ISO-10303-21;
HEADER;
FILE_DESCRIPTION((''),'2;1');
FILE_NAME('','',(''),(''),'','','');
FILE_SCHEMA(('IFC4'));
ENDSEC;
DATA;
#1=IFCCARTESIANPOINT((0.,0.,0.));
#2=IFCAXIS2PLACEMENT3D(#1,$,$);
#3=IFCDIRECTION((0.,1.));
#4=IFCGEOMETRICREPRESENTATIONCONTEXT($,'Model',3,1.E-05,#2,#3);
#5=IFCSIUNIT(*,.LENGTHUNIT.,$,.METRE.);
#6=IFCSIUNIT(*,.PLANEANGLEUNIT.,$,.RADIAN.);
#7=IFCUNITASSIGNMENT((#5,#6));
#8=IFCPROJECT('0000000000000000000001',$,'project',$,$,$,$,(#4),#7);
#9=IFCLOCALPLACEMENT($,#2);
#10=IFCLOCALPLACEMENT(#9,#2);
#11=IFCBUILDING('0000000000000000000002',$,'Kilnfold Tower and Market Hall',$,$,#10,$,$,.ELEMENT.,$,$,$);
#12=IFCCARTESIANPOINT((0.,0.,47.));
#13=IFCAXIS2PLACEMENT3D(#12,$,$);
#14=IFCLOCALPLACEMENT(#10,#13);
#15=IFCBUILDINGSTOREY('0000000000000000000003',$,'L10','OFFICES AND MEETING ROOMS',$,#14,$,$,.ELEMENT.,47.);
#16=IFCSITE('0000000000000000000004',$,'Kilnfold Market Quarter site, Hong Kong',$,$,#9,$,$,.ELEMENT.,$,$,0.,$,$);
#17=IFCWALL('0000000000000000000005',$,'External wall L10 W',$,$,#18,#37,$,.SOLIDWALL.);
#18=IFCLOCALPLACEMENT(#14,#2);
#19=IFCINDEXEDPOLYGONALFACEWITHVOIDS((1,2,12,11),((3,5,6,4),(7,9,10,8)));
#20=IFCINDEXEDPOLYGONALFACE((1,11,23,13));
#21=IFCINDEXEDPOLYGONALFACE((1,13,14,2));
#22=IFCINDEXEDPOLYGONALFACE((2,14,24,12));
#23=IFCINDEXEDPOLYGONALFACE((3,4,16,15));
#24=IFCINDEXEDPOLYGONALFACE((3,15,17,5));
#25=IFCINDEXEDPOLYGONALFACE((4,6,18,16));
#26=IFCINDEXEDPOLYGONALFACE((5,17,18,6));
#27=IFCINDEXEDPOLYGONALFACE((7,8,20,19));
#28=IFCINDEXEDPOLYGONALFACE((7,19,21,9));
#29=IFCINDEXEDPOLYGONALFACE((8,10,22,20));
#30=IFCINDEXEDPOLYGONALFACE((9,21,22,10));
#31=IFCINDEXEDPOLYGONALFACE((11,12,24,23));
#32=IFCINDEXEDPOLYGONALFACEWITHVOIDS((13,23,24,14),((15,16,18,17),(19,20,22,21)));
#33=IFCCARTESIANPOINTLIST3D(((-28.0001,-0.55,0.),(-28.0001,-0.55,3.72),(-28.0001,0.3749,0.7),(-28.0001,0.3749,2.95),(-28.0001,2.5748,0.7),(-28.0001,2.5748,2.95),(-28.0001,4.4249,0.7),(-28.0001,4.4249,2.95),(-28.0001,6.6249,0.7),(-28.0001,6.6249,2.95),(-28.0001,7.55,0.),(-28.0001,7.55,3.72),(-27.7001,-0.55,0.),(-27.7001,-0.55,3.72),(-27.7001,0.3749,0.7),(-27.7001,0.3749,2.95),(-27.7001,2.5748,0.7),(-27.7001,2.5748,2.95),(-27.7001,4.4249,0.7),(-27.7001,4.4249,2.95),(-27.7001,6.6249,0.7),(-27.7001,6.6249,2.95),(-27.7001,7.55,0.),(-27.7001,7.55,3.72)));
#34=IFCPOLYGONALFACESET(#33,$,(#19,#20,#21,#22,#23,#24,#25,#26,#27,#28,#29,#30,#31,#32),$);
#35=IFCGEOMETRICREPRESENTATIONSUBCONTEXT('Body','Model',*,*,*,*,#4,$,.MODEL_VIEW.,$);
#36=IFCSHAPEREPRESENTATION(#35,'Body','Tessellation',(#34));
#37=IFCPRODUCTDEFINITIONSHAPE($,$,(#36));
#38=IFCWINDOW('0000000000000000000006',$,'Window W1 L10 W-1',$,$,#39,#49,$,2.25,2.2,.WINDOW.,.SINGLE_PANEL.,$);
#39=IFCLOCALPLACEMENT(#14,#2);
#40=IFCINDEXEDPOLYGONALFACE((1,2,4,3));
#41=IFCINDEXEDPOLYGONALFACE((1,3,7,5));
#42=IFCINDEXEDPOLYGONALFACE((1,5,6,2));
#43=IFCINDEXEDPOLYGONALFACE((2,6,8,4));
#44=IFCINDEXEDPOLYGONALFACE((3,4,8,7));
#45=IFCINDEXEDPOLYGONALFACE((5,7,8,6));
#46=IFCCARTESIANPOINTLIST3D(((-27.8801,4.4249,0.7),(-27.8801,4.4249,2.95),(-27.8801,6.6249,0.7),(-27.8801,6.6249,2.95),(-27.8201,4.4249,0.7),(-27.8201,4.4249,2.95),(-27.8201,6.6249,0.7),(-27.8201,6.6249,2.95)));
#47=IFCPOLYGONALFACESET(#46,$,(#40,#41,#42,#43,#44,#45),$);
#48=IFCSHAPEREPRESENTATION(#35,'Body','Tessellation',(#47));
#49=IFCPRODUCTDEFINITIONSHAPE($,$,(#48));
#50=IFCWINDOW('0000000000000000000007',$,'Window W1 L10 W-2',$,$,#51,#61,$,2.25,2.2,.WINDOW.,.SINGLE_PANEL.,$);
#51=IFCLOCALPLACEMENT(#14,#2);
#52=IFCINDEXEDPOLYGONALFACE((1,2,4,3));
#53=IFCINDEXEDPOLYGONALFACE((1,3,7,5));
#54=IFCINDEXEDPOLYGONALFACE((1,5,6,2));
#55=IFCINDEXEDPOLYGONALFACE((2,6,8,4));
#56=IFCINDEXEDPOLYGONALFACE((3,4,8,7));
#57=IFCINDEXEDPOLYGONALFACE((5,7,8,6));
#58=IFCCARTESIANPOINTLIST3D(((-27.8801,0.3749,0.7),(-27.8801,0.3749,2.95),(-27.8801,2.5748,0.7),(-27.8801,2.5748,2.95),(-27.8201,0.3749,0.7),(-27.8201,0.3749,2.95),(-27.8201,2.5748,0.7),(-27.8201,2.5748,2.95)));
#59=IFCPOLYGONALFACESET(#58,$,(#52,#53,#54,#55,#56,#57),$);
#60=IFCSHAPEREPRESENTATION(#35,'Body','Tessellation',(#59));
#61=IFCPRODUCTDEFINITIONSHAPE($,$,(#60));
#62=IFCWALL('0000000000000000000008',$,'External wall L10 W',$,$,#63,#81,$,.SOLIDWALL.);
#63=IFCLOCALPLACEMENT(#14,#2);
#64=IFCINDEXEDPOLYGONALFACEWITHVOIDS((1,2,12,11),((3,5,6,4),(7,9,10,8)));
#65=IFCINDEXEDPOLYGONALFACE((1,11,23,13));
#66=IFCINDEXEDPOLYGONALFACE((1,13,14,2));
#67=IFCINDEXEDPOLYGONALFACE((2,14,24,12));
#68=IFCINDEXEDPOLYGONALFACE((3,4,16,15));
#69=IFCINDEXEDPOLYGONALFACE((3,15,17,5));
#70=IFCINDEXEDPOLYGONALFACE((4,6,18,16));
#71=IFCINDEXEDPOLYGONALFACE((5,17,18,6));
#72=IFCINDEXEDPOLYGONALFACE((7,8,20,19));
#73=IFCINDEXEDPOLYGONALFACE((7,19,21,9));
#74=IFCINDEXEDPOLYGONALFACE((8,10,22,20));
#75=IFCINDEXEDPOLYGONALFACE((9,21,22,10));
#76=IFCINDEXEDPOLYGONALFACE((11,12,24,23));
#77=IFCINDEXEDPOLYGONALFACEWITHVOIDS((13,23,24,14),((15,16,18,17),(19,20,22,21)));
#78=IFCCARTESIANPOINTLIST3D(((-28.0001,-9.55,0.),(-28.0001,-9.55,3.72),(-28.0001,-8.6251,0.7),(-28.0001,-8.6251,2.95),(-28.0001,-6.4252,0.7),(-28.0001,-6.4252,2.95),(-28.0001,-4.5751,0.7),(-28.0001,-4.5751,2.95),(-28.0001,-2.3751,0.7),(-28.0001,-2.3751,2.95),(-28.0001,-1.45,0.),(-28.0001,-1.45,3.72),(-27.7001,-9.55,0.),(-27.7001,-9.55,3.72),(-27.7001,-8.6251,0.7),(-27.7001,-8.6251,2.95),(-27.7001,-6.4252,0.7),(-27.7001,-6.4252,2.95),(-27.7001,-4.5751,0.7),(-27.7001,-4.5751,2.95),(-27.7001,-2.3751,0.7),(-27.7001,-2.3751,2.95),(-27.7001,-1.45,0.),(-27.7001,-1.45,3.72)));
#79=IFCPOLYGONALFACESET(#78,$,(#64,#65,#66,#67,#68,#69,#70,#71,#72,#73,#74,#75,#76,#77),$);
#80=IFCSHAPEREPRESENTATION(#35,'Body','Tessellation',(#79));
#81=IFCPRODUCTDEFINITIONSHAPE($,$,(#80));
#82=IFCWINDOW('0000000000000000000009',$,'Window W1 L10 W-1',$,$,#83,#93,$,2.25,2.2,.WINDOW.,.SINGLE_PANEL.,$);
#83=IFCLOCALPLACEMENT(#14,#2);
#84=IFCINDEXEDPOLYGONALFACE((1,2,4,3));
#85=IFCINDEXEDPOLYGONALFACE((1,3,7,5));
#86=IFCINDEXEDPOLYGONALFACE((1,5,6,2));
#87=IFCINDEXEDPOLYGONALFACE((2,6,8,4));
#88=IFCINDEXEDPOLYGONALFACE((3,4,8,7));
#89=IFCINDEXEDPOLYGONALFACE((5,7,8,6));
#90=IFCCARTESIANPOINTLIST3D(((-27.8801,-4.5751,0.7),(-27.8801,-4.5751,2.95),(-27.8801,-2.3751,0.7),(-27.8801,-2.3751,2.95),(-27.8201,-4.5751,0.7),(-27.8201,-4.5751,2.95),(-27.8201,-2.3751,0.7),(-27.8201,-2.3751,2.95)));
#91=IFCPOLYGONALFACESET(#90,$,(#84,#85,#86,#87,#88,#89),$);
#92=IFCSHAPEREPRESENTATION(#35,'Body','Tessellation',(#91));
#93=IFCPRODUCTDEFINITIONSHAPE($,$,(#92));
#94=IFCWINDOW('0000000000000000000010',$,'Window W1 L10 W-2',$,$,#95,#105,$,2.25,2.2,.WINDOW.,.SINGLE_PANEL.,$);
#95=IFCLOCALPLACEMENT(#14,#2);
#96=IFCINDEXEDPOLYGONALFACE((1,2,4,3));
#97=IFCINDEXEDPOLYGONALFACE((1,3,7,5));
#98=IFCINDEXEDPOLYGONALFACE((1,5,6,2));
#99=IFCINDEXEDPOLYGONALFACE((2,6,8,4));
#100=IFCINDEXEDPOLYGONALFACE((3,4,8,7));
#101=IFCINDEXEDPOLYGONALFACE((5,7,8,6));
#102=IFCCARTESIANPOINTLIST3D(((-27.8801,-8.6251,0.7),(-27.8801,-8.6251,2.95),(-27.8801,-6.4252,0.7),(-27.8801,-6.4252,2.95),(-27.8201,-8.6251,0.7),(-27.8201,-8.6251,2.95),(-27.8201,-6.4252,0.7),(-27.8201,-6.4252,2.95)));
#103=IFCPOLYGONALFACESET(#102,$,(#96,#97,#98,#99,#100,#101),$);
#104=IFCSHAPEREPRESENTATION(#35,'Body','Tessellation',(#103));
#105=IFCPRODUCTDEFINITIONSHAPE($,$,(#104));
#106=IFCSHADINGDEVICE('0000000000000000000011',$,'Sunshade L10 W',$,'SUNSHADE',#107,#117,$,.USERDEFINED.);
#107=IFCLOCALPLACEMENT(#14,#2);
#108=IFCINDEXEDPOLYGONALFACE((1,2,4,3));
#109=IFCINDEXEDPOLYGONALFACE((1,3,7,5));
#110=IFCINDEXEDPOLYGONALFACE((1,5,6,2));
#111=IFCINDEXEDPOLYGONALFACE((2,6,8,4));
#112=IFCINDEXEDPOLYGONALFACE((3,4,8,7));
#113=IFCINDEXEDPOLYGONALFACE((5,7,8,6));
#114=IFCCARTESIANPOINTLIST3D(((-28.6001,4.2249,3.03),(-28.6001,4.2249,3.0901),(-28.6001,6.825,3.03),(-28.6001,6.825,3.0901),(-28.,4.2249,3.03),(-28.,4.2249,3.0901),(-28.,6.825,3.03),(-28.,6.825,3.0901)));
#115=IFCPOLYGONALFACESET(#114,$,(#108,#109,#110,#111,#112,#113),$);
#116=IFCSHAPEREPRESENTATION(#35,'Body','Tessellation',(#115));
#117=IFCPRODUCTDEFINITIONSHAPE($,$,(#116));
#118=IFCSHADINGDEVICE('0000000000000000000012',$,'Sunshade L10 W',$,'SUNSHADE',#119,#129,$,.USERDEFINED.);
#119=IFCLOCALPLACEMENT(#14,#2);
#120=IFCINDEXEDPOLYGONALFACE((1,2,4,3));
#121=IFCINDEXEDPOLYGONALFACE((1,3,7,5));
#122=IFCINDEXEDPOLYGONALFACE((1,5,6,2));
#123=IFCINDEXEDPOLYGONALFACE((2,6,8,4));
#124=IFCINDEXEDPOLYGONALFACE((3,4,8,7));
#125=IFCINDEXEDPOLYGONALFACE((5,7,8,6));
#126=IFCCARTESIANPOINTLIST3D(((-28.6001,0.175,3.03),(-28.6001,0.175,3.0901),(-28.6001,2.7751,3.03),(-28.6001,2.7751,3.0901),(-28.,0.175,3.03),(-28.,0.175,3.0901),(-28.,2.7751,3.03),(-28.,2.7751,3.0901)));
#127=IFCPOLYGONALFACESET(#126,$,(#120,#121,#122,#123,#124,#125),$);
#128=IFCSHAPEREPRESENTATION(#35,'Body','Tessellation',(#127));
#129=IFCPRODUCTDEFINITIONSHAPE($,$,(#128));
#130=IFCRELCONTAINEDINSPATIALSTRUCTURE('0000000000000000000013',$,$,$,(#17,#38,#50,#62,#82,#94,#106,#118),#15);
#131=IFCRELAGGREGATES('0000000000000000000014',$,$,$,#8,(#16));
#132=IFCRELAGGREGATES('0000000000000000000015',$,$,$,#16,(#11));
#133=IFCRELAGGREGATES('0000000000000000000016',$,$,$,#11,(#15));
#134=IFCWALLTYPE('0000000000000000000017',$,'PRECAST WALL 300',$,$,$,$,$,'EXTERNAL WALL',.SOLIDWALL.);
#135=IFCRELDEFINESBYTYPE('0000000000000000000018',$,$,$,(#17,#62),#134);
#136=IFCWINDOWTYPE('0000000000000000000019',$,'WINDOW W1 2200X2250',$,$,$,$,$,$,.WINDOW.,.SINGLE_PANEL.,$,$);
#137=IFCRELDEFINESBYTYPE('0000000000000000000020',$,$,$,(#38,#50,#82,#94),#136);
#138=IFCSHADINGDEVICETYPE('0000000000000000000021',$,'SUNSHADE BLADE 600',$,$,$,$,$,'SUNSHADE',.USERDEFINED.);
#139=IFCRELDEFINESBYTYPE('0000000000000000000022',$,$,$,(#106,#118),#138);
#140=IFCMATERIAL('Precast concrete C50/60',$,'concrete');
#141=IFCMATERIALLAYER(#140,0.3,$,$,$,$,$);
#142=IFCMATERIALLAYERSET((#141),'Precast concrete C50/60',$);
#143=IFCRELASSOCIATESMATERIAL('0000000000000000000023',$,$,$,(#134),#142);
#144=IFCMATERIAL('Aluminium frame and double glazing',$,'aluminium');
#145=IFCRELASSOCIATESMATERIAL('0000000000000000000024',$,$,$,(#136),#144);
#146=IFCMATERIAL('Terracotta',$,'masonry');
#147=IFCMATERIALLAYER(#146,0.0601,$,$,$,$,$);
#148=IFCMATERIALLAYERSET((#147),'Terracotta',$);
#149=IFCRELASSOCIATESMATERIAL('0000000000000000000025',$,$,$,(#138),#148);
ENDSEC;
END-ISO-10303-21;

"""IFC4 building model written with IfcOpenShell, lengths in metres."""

from ifc_helpers import new_model, si_unit, direction, frame, frame_2d, origin, origin_2d, place, context, subcontext, project, spatial, rectangle, extrude, source, transform, mapped, material, layer, layer_set, type_object, element, fill, save


model = new_model("IFC4")

# Units and contexts
model_context = context("Model", 3, precision=1e-05, world=origin(), true_north=direction((0.0, 1.0)))
body_context = subcontext(model_context, "Body", "Model", "MODEL_VIEW")
ifc_project = project(units=[si_unit("LENGTHUNIT", "METRE"), si_unit("PLANEANGLEUNIT", "RADIAN")], contexts=[model_context])

# Site, building, storey
site_placement = place(None, origin())
site = spatial("IfcSite", under=ifc_project, at=site_placement, Name="Kilnfold Market Quarter site, Hong Kong", CompositionType="ELEMENT", RefElevation=0.0)
building_placement = place(site_placement, origin())
building = spatial("IfcBuilding", under=site, at=building_placement, Name="Kilnfold Tower and Market Hall", CompositionType="ELEMENT")
storey_placement = place(building_placement, frame((0.0, 0.0, 47.0)))
storey = spatial("IfcBuildingStorey", under=building, at=storey_placement, Name="L10", Description="OFFICES AND MEETING ROOMS", CompositionType="ELEMENT", Elevation=47.0)

# Walls, openings, windows
ifc_material_1 = material(Name="Precast concrete C50/60", Category="concrete")
ifc_layer_1 = layer(ifc_material_1, 0.3)
ifc_layer_set_1 = layer_set([ifc_layer_1], Name="Precast concrete C50/60")
wall_type_1 = type_object("IfcWallType", Name="PRECAST WALL 300", ElementType="EXTERNAL WALL", PredefinedType="SOLIDWALL", material=ifc_layer_set_1)
shared_shape_1 = source(origin(), body_context, "Body", "SweptSolid", [
    extrude(rectangle(XDim=8.1001, YDim=0.3, at=frame_2d((4.05, 0.0))), origin(), (0.0, 0.0, 1.0), 3.72),
])
wall_1_placement = place(storey_placement, frame((-27.8501, 7.55, 0.0), z_axis=(0.0, 0.0, 1.0), x_axis=(0.0, -1.0, 0.0)))
wall_1 = element("IfcWall", 1, at=wall_1_placement, inside=storey, type_object=wall_type_1, Name="External wall L10 W", PredefinedType="SOLIDWALL", context=body_context, shape_type="MappedRepresentation", body=[
    mapped(shared_shape_1, transform((0.0, 0.0, 0.0))),
])
opening_1_placement = place(wall_1_placement, frame((0.925, 0.0, 0.7)))
opening_1 = element("IfcOpeningElement", 2, at=opening_1_placement, cuts=wall_1, PredefinedType="OPENING", context=body_context, shape_type="SweptSolid", body=[
    extrude(rectangle(XDim=2.2, YDim=2.25, at=frame_2d((1.1001, 1.125))), frame((0.0, 0.1602, 0.0), z_axis=(0.0, -1.0, 0.0), x_axis=(1.0, 0.0, 0.0)), (0.0, 0.0, 1.0), 0.3201),
])
opening_2_placement = place(wall_1_placement, frame((4.9751, 0.0, 0.7)))
opening_2 = element("IfcOpeningElement", 3, at=opening_2_placement, cuts=wall_1, PredefinedType="OPENING", context=body_context, shape_type="SweptSolid", body=[
    extrude(rectangle(XDim=2.2, YDim=2.25, at=frame_2d((1.1001, 1.125))), frame((0.0, 0.1602, 0.0), z_axis=(0.0, -1.0, 0.0), x_axis=(1.0, 0.0, 0.0)), (0.0, 0.0, 1.0), 0.3201),
])
ifc_material_2 = material(Name="Aluminium frame and double glazing", Category="aluminium")
window_type = type_object("IfcWindowType", Name="WINDOW W1 2200X2250", PartitioningType="SINGLE_PANEL", PredefinedType="WINDOW", material=ifc_material_2)
window_1_placement = place(opening_1_placement, origin())
window_1 = element("IfcWindow", 4, at=window_1_placement, inside=storey, type_object=window_type, Name="Window W1 L10 W-1", OverallHeight=2.25, OverallWidth=2.2, PartitioningType="SINGLE_PANEL", PredefinedType="WINDOW", context=body_context, shape_type="SweptSolid", body=[
    extrude(rectangle(XDim=2.2, YDim=2.25, at=frame_2d((1.1001, 1.125))), frame((0.0, 0.03, 0.0), z_axis=(0.0, -1.0, 0.0), x_axis=(1.0, 0.0, 0.0)), (0.0, 0.0, 1.0), 0.0601),
])
fill(opening_1, window_1)
window_2_placement = place(opening_2_placement, origin())
window_2 = element("IfcWindow", 5, at=window_2_placement, inside=storey, type_object=window_type, Name="Window W1 L10 W-2", OverallHeight=2.25, OverallWidth=2.2, PartitioningType="SINGLE_PANEL", PredefinedType="WINDOW", context=body_context, shape_type="SweptSolid", body=[
    extrude(rectangle(XDim=2.2, YDim=2.25, at=frame_2d((1.1001, 1.125))), frame((0.0, 0.03, 0.0), z_axis=(0.0, -1.0, 0.0), x_axis=(1.0, 0.0, 0.0)), (0.0, 0.0, 1.0), 0.0601),
])
fill(opening_2, window_2)
wall_2_placement = place(storey_placement, frame((-27.8501, -1.45, 0.0), z_axis=(0.0, 0.0, 1.0), x_axis=(0.0, -1.0, 0.0)))
wall_2 = element("IfcWall", 6, at=wall_2_placement, inside=storey, type_object=wall_type_1, Name="External wall L10 W", PredefinedType="SOLIDWALL", context=body_context, shape_type="MappedRepresentation", body=[
    mapped(shared_shape_1, transform((0.0, 0.0, 0.0))),
])
opening_3_placement = place(wall_2_placement, frame((0.925, 0.0, 0.7)))
opening_3 = element("IfcOpeningElement", 7, at=opening_3_placement, cuts=wall_2, PredefinedType="OPENING", context=body_context, shape_type="SweptSolid", body=[
    extrude(rectangle(XDim=2.2, YDim=2.25, at=frame_2d((1.1001, 1.125))), frame((0.0, 0.1602, 0.0), z_axis=(0.0, -1.0, 0.0), x_axis=(1.0, 0.0, 0.0)), (0.0, 0.0, 1.0), 0.3201),
])
opening_4_placement = place(wall_2_placement, frame((4.9751, 0.0, 0.7)))
opening_4 = element("IfcOpeningElement", 8, at=opening_4_placement, cuts=wall_2, PredefinedType="OPENING", context=body_context, shape_type="SweptSolid", body=[
    extrude(rectangle(XDim=2.2, YDim=2.25, at=frame_2d((1.1001, 1.125))), frame((0.0, 0.1602, 0.0), z_axis=(0.0, -1.0, 0.0), x_axis=(1.0, 0.0, 0.0)), (0.0, 0.0, 1.0), 0.3201),
])
window_3_placement = place(opening_3_placement, origin())
window_3 = element("IfcWindow", 9, at=window_3_placement, inside=storey, type_object=window_type, Name="Window W1 L10 W-1", OverallHeight=2.25, OverallWidth=2.2, PartitioningType="SINGLE_PANEL", PredefinedType="WINDOW", context=body_context, shape_type="SweptSolid", body=[
    extrude(rectangle(XDim=2.2, YDim=2.25, at=frame_2d((1.1001, 1.125))), frame((0.0, 0.03, 0.0), z_axis=(0.0, -1.0, 0.0), x_axis=(1.0, 0.0, 0.0)), (0.0, 0.0, 1.0), 0.0601),
])
fill(opening_3, window_3)
window_4_placement = place(opening_4_placement, origin())
window_4 = element("IfcWindow", 10, at=window_4_placement, inside=storey, type_object=window_type, Name="Window W1 L10 W-2", OverallHeight=2.25, OverallWidth=2.2, PartitioningType="SINGLE_PANEL", PredefinedType="WINDOW", context=body_context, shape_type="SweptSolid", body=[
    extrude(rectangle(XDim=2.2, YDim=2.25, at=frame_2d((1.1001, 1.125))), frame((0.0, 0.03, 0.0), z_axis=(0.0, -1.0, 0.0), x_axis=(1.0, 0.0, 0.0)), (0.0, 0.0, 1.0), 0.0601),
])
fill(opening_4, window_4)

# Shading devices
ifc_material_3 = material(Name="Terracotta", Category="masonry")
ifc_layer_2 = layer(ifc_material_3, 0.0601)
ifc_layer_set_2 = layer_set([ifc_layer_2], Name="Terracotta")
shading_device_type = type_object("IfcShadingDeviceType", Name="SUNSHADE BLADE 600", ElementType="SUNSHADE", PredefinedType="USERDEFINED", material=ifc_layer_set_2)
shared_shape_2 = source(origin(), body_context, "Body", "SweptSolid", [
    extrude(rectangle(XDim=2.6001, YDim=0.6001, at=origin_2d()), origin(), (0.0, 0.0, 1.0), 0.0601),
])
for number, where, z_axis, x_axis, name in (
    (11, (-28.3, 5.5249, 3.03), (0.0, 0.0, 1.0), (0.0, -1.0, 0.0), "Sunshade L10 W"),
    (12, (-28.3, 1.4751, 3.03), (0.0, 0.0, 1.0), (0.0, -1.0, 0.0), "Sunshade L10 W"),
):
    element("IfcShadingDevice", number, at=place(storey_placement, frame(where, z_axis=z_axis, x_axis=x_axis)), inside=storey, type_object=shading_device_type, Name=name, ObjectType="SUNSHADE", PredefinedType="USERDEFINED", context=body_context, shape_type="MappedRepresentation", body=[
        mapped(shared_shape_2, transform((0.0, 0.0, 0.0))),
    ])

save(model, "model.ifc")
